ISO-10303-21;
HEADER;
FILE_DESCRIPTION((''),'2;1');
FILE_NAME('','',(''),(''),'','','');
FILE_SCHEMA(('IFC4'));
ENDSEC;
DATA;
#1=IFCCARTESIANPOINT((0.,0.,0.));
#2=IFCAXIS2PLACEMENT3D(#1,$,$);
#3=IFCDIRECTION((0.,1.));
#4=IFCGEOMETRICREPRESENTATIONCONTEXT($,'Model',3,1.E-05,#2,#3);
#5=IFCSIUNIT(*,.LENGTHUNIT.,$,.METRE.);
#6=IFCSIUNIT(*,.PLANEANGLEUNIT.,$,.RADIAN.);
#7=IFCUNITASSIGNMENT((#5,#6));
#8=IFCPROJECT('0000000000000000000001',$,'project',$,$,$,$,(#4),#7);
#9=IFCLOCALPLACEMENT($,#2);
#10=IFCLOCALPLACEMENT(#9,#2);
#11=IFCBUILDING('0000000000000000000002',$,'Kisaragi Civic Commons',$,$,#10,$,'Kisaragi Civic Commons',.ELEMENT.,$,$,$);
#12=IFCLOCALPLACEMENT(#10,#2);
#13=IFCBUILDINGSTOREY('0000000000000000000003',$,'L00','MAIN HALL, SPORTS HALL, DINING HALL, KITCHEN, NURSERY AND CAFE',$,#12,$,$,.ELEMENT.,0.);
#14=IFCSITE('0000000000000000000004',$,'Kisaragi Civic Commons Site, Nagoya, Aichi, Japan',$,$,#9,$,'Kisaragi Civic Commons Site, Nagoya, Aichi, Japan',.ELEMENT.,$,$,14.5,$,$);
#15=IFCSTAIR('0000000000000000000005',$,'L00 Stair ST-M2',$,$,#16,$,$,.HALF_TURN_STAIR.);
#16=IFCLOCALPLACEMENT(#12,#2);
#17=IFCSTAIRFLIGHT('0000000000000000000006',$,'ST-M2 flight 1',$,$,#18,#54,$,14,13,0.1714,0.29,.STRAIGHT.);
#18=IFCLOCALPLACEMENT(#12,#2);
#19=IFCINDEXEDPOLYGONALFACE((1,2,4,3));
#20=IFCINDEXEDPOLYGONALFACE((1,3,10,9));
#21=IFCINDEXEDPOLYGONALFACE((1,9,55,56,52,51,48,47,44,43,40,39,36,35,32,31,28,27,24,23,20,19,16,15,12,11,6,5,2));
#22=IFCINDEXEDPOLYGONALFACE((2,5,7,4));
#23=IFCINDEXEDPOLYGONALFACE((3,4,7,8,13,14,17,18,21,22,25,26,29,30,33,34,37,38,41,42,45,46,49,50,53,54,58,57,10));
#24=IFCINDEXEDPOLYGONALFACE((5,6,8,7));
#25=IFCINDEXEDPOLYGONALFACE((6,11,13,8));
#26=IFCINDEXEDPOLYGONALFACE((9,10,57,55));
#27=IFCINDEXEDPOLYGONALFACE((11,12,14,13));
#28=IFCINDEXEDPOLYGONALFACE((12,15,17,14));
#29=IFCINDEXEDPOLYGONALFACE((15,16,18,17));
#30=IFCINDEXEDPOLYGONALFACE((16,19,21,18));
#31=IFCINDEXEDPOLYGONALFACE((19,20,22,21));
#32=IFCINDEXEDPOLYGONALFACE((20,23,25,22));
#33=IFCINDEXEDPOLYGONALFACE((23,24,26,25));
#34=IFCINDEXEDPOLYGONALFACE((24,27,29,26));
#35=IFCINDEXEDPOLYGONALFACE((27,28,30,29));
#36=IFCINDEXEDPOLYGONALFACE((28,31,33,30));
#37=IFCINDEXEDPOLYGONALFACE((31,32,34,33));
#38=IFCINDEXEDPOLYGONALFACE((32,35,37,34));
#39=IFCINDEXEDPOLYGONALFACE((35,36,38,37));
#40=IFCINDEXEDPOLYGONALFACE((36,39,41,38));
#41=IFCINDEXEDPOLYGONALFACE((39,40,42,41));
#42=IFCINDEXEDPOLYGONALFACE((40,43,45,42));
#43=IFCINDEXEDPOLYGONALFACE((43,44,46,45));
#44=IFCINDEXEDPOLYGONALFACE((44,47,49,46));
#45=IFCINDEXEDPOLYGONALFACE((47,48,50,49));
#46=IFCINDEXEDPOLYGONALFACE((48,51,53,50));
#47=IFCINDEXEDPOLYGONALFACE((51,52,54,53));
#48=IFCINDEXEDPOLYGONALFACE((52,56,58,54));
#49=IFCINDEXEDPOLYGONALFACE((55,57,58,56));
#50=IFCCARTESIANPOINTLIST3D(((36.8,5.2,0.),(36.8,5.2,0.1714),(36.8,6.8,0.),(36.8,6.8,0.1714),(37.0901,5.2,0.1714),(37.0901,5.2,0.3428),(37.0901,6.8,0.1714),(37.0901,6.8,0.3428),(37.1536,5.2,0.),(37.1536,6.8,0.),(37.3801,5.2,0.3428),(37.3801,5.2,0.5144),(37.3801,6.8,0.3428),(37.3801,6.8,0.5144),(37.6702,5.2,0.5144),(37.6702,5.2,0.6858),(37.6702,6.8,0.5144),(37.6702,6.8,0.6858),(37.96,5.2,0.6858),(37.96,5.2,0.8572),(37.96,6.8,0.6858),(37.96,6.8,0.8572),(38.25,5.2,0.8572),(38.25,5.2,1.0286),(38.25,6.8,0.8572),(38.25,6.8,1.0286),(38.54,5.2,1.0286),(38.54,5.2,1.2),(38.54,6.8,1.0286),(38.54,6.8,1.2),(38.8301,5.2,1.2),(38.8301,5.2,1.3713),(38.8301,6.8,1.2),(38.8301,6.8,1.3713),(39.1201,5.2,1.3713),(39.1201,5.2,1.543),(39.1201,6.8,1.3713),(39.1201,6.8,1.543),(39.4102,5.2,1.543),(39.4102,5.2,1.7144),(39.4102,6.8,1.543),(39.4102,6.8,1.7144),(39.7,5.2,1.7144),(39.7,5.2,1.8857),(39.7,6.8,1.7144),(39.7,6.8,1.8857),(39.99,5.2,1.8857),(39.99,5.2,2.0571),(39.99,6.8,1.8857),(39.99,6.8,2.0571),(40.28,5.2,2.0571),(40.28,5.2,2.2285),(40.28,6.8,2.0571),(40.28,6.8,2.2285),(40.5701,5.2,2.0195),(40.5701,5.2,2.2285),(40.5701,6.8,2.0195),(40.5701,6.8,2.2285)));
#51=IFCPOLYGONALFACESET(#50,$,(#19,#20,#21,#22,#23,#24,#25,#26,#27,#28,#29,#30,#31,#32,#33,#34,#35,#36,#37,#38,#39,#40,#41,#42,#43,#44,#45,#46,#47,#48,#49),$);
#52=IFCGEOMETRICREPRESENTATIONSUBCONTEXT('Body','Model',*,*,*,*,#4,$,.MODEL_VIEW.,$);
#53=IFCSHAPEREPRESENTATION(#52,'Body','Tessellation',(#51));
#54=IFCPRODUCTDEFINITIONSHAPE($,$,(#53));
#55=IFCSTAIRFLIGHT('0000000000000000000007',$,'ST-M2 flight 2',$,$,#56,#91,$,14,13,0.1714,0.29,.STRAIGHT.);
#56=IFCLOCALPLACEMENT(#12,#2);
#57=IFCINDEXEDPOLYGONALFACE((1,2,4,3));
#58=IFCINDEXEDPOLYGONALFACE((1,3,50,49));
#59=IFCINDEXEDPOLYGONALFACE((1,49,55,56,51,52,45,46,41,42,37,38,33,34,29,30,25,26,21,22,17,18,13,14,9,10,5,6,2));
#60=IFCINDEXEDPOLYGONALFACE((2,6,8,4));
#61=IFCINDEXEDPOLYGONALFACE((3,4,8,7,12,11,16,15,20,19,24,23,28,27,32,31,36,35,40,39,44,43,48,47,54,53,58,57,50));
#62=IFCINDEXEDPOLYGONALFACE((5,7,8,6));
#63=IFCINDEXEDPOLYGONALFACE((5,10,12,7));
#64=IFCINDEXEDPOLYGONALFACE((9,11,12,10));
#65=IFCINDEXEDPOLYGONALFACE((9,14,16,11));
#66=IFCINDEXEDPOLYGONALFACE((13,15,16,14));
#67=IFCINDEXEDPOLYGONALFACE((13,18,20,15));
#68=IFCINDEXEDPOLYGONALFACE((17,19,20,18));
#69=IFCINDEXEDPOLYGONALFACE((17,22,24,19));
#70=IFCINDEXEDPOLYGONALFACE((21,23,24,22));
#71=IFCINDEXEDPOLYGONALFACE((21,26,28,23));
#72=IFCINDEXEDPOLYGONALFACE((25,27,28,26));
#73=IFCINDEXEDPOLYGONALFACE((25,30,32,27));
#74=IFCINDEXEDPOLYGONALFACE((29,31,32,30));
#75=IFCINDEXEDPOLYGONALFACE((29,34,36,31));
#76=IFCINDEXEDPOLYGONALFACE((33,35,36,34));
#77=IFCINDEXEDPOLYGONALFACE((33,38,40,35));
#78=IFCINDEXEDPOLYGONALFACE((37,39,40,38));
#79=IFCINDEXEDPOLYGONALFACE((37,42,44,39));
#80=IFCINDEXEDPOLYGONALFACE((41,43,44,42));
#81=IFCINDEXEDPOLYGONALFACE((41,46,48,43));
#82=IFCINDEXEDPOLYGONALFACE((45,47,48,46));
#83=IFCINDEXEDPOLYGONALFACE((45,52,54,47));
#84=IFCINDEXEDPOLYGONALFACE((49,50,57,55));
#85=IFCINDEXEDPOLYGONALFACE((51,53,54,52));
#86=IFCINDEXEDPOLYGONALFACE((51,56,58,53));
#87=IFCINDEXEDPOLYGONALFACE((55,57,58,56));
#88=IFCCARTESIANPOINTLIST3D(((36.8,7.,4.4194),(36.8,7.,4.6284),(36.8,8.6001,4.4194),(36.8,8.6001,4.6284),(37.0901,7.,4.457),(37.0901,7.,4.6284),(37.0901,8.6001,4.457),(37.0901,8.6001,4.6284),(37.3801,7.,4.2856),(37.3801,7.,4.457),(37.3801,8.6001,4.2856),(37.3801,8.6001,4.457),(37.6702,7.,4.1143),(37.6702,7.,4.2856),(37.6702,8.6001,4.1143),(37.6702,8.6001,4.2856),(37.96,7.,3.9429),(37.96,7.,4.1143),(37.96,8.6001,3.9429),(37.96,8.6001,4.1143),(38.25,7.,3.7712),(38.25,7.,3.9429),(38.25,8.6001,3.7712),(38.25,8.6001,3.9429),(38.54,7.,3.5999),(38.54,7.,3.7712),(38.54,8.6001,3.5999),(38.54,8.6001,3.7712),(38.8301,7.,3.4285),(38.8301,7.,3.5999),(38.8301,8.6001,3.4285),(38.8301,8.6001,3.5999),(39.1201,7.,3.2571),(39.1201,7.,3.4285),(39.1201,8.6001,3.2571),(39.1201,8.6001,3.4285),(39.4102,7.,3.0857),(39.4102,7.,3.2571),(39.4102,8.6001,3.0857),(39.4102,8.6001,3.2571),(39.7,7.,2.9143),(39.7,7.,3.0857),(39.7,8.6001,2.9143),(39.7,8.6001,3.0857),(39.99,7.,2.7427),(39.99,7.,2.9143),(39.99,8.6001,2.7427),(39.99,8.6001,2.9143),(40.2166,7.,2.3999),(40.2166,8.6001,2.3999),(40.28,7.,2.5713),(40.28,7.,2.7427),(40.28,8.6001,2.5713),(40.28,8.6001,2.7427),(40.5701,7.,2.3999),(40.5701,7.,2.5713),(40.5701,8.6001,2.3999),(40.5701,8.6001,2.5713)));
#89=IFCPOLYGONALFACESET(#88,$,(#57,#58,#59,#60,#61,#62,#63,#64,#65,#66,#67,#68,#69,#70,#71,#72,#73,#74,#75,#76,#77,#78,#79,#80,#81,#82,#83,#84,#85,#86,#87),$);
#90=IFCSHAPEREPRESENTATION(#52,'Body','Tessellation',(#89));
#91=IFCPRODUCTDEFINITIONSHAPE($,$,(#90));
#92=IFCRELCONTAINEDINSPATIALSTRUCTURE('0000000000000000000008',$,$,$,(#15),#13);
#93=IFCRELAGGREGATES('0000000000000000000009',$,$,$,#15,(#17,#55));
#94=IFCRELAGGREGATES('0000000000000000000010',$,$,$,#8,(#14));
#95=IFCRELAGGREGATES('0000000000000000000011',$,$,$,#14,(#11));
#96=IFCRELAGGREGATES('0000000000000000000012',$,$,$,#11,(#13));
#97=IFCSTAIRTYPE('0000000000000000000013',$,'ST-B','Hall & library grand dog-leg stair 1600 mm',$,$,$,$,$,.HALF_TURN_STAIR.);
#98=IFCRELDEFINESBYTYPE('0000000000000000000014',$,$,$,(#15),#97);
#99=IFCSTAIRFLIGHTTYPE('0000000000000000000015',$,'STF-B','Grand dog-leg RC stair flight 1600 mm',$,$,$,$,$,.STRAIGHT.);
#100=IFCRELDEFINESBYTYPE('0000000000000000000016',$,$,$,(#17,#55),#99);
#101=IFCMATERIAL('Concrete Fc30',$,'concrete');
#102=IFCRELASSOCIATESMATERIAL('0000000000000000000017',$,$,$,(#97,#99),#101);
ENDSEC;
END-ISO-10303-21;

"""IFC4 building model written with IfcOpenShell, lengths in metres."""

from ifc_helpers import new_model, si_unit, direction, frame, origin, place, context, subcontext, project, spatial, polyline, outline, extrude, material, type_object, element, aggregate, save


model = new_model("IFC4")

# Units and contexts
model_context = context("Model", 3, precision=1e-05, world=origin(), true_north=direction((0.0, 1.0)))
body_context = subcontext(model_context, "Body", "Model", "MODEL_VIEW")
ifc_project = project(units=[si_unit("LENGTHUNIT", "METRE"), si_unit("PLANEANGLEUNIT", "RADIAN")], contexts=[model_context])

# Site, building, storey
site_placement = place(None, origin())
site = spatial("IfcSite", under=ifc_project, at=site_placement, Name="Kisaragi Civic Commons Site, Nagoya, Aichi, Japan", LongName="Kisaragi Civic Commons Site, Nagoya, Aichi, Japan", CompositionType="ELEMENT", RefElevation=14.5)
building_placement = place(site_placement, origin())
building = spatial("IfcBuilding", under=site, at=building_placement, Name="Kisaragi Civic Commons", LongName="Kisaragi Civic Commons", CompositionType="ELEMENT")
storey_placement = place(building_placement, origin())
storey = spatial("IfcBuildingStorey", under=building, at=storey_placement, Name="L00", Description="MAIN HALL, SPORTS HALL, DINING HALL, KITCHEN, NURSERY AND CAFE", CompositionType="ELEMENT", Elevation=0.0)

# Shared definitions
ifc_material_1 = material(Name="Concrete Fc30", Category="concrete")

# Stair, stair flights
stair_type = type_object("IfcStairType", Name="ST-B", Description="Hall & library grand dog-leg stair 1600 mm", PredefinedType="HALF_TURN_STAIR", material=ifc_material_1)
stair_placement = place(storey_placement, origin())
stair = element("IfcStair", 1, at=stair_placement, inside=storey, type_object=stair_type, Name="L00 Stair ST-M2", PredefinedType="HALF_TURN_STAIR")
stair_flight_type = type_object("IfcStairFlightType", Name="STF-B", Description="Grand dog-leg RC stair flight 1600 mm", PredefinedType="STRAIGHT", material=ifc_material_1)
stair_flight_1_placement = place(storey_placement, frame((36.8, 6.0, 0.0), z_axis=(0.0, 0.0, 1.0), x_axis=(1.0, 0.0, 0.0)))
stair_flight_1 = element("IfcStairFlight", 2, at=stair_flight_1_placement, type_object=stair_flight_type, Name="ST-M2 flight 1", NumberOfRisers=14, NumberOfTreads=13, PredefinedType="STRAIGHT", RiserHeight=0.1714, TreadLength=0.29, context=body_context, shape_type="SweptSolid", body=[
    extrude(outline(polyline([(0.0, 0.0), (0.0, 0.1714), (0.29, 0.1714), (0.29, 0.3428), (0.5801, 0.3428), (0.5801, 0.5144), (0.8701, 0.5144), (0.8701, 0.6858), (1.1599, 0.6858), (1.1599, 0.8572), (1.45, 0.8572), (1.45, 1.0286), (1.74, 1.0286), (1.74, 1.2), (2.03, 1.2), (2.03, 1.3713), (2.3201, 1.3713), (2.3201, 1.543), (2.6101, 1.543), (2.6101, 1.7144), (2.8999, 1.7144), (2.8999, 1.8857), (3.1899, 1.8857), (3.1899, 2.0571), (3.48, 2.0571), (3.48, 2.2285), (3.77, 2.2285), (3.77, 2.3999), (3.77, 2.0195), (0.3535, 0.0), (0.0, 0.0)])), frame((0.0, 0.8, 0.0), z_axis=(0.0, -1.0, 0.0), x_axis=(1.0, 0.0, 0.0)), (0.0, 0.0, 1.0), 1.6001),
])
stair_flight_2_placement = place(storey_placement, frame((40.5701, 7.8, 2.3999), z_axis=(0.0, 0.0, 1.0), x_axis=(-1.0, 0.0, 0.0)))
stair_flight_2 = element("IfcStairFlight", 3, at=stair_flight_2_placement, type_object=stair_flight_type, Name="ST-M2 flight 2", NumberOfRisers=14, NumberOfTreads=13, PredefinedType="STRAIGHT", RiserHeight=0.1714, TreadLength=0.29, context=body_context, shape_type="SweptSolid", body=[
    extrude(outline(polyline([(0.0, 0.0), (0.0, 0.1714), (0.29, 0.1714), (0.29, 0.3428), (0.5801, 0.3428), (0.5801, 0.5144), (0.8701, 0.5144), (0.8701, 0.6858), (1.1599, 0.6858), (1.1599, 0.8572), (1.45, 0.8572), (1.45, 1.0286), (1.74, 1.0286), (1.74, 1.2), (2.03, 1.2), (2.03, 1.3713), (2.3201, 1.3713), (2.3201, 1.543), (2.6101, 1.543), (2.6101, 1.7144), (2.8999, 1.7144), (2.8999, 1.8857), (3.1899, 1.8857), (3.1899, 2.0571), (3.48, 2.0571), (3.48, 2.2285), (3.77, 2.2285), (3.77, 2.3999), (3.77, 2.0195), (0.3535, 0.0), (0.0, 0.0)])), frame((0.0, 0.8, 0.0), z_axis=(0.0, -1.0, 0.0), x_axis=(1.0, 0.0, 0.0)), (0.0, 0.0, 1.0), 1.6001),
])
aggregate(stair, [stair_flight_1, stair_flight_2])

save(model, "model.ifc")
